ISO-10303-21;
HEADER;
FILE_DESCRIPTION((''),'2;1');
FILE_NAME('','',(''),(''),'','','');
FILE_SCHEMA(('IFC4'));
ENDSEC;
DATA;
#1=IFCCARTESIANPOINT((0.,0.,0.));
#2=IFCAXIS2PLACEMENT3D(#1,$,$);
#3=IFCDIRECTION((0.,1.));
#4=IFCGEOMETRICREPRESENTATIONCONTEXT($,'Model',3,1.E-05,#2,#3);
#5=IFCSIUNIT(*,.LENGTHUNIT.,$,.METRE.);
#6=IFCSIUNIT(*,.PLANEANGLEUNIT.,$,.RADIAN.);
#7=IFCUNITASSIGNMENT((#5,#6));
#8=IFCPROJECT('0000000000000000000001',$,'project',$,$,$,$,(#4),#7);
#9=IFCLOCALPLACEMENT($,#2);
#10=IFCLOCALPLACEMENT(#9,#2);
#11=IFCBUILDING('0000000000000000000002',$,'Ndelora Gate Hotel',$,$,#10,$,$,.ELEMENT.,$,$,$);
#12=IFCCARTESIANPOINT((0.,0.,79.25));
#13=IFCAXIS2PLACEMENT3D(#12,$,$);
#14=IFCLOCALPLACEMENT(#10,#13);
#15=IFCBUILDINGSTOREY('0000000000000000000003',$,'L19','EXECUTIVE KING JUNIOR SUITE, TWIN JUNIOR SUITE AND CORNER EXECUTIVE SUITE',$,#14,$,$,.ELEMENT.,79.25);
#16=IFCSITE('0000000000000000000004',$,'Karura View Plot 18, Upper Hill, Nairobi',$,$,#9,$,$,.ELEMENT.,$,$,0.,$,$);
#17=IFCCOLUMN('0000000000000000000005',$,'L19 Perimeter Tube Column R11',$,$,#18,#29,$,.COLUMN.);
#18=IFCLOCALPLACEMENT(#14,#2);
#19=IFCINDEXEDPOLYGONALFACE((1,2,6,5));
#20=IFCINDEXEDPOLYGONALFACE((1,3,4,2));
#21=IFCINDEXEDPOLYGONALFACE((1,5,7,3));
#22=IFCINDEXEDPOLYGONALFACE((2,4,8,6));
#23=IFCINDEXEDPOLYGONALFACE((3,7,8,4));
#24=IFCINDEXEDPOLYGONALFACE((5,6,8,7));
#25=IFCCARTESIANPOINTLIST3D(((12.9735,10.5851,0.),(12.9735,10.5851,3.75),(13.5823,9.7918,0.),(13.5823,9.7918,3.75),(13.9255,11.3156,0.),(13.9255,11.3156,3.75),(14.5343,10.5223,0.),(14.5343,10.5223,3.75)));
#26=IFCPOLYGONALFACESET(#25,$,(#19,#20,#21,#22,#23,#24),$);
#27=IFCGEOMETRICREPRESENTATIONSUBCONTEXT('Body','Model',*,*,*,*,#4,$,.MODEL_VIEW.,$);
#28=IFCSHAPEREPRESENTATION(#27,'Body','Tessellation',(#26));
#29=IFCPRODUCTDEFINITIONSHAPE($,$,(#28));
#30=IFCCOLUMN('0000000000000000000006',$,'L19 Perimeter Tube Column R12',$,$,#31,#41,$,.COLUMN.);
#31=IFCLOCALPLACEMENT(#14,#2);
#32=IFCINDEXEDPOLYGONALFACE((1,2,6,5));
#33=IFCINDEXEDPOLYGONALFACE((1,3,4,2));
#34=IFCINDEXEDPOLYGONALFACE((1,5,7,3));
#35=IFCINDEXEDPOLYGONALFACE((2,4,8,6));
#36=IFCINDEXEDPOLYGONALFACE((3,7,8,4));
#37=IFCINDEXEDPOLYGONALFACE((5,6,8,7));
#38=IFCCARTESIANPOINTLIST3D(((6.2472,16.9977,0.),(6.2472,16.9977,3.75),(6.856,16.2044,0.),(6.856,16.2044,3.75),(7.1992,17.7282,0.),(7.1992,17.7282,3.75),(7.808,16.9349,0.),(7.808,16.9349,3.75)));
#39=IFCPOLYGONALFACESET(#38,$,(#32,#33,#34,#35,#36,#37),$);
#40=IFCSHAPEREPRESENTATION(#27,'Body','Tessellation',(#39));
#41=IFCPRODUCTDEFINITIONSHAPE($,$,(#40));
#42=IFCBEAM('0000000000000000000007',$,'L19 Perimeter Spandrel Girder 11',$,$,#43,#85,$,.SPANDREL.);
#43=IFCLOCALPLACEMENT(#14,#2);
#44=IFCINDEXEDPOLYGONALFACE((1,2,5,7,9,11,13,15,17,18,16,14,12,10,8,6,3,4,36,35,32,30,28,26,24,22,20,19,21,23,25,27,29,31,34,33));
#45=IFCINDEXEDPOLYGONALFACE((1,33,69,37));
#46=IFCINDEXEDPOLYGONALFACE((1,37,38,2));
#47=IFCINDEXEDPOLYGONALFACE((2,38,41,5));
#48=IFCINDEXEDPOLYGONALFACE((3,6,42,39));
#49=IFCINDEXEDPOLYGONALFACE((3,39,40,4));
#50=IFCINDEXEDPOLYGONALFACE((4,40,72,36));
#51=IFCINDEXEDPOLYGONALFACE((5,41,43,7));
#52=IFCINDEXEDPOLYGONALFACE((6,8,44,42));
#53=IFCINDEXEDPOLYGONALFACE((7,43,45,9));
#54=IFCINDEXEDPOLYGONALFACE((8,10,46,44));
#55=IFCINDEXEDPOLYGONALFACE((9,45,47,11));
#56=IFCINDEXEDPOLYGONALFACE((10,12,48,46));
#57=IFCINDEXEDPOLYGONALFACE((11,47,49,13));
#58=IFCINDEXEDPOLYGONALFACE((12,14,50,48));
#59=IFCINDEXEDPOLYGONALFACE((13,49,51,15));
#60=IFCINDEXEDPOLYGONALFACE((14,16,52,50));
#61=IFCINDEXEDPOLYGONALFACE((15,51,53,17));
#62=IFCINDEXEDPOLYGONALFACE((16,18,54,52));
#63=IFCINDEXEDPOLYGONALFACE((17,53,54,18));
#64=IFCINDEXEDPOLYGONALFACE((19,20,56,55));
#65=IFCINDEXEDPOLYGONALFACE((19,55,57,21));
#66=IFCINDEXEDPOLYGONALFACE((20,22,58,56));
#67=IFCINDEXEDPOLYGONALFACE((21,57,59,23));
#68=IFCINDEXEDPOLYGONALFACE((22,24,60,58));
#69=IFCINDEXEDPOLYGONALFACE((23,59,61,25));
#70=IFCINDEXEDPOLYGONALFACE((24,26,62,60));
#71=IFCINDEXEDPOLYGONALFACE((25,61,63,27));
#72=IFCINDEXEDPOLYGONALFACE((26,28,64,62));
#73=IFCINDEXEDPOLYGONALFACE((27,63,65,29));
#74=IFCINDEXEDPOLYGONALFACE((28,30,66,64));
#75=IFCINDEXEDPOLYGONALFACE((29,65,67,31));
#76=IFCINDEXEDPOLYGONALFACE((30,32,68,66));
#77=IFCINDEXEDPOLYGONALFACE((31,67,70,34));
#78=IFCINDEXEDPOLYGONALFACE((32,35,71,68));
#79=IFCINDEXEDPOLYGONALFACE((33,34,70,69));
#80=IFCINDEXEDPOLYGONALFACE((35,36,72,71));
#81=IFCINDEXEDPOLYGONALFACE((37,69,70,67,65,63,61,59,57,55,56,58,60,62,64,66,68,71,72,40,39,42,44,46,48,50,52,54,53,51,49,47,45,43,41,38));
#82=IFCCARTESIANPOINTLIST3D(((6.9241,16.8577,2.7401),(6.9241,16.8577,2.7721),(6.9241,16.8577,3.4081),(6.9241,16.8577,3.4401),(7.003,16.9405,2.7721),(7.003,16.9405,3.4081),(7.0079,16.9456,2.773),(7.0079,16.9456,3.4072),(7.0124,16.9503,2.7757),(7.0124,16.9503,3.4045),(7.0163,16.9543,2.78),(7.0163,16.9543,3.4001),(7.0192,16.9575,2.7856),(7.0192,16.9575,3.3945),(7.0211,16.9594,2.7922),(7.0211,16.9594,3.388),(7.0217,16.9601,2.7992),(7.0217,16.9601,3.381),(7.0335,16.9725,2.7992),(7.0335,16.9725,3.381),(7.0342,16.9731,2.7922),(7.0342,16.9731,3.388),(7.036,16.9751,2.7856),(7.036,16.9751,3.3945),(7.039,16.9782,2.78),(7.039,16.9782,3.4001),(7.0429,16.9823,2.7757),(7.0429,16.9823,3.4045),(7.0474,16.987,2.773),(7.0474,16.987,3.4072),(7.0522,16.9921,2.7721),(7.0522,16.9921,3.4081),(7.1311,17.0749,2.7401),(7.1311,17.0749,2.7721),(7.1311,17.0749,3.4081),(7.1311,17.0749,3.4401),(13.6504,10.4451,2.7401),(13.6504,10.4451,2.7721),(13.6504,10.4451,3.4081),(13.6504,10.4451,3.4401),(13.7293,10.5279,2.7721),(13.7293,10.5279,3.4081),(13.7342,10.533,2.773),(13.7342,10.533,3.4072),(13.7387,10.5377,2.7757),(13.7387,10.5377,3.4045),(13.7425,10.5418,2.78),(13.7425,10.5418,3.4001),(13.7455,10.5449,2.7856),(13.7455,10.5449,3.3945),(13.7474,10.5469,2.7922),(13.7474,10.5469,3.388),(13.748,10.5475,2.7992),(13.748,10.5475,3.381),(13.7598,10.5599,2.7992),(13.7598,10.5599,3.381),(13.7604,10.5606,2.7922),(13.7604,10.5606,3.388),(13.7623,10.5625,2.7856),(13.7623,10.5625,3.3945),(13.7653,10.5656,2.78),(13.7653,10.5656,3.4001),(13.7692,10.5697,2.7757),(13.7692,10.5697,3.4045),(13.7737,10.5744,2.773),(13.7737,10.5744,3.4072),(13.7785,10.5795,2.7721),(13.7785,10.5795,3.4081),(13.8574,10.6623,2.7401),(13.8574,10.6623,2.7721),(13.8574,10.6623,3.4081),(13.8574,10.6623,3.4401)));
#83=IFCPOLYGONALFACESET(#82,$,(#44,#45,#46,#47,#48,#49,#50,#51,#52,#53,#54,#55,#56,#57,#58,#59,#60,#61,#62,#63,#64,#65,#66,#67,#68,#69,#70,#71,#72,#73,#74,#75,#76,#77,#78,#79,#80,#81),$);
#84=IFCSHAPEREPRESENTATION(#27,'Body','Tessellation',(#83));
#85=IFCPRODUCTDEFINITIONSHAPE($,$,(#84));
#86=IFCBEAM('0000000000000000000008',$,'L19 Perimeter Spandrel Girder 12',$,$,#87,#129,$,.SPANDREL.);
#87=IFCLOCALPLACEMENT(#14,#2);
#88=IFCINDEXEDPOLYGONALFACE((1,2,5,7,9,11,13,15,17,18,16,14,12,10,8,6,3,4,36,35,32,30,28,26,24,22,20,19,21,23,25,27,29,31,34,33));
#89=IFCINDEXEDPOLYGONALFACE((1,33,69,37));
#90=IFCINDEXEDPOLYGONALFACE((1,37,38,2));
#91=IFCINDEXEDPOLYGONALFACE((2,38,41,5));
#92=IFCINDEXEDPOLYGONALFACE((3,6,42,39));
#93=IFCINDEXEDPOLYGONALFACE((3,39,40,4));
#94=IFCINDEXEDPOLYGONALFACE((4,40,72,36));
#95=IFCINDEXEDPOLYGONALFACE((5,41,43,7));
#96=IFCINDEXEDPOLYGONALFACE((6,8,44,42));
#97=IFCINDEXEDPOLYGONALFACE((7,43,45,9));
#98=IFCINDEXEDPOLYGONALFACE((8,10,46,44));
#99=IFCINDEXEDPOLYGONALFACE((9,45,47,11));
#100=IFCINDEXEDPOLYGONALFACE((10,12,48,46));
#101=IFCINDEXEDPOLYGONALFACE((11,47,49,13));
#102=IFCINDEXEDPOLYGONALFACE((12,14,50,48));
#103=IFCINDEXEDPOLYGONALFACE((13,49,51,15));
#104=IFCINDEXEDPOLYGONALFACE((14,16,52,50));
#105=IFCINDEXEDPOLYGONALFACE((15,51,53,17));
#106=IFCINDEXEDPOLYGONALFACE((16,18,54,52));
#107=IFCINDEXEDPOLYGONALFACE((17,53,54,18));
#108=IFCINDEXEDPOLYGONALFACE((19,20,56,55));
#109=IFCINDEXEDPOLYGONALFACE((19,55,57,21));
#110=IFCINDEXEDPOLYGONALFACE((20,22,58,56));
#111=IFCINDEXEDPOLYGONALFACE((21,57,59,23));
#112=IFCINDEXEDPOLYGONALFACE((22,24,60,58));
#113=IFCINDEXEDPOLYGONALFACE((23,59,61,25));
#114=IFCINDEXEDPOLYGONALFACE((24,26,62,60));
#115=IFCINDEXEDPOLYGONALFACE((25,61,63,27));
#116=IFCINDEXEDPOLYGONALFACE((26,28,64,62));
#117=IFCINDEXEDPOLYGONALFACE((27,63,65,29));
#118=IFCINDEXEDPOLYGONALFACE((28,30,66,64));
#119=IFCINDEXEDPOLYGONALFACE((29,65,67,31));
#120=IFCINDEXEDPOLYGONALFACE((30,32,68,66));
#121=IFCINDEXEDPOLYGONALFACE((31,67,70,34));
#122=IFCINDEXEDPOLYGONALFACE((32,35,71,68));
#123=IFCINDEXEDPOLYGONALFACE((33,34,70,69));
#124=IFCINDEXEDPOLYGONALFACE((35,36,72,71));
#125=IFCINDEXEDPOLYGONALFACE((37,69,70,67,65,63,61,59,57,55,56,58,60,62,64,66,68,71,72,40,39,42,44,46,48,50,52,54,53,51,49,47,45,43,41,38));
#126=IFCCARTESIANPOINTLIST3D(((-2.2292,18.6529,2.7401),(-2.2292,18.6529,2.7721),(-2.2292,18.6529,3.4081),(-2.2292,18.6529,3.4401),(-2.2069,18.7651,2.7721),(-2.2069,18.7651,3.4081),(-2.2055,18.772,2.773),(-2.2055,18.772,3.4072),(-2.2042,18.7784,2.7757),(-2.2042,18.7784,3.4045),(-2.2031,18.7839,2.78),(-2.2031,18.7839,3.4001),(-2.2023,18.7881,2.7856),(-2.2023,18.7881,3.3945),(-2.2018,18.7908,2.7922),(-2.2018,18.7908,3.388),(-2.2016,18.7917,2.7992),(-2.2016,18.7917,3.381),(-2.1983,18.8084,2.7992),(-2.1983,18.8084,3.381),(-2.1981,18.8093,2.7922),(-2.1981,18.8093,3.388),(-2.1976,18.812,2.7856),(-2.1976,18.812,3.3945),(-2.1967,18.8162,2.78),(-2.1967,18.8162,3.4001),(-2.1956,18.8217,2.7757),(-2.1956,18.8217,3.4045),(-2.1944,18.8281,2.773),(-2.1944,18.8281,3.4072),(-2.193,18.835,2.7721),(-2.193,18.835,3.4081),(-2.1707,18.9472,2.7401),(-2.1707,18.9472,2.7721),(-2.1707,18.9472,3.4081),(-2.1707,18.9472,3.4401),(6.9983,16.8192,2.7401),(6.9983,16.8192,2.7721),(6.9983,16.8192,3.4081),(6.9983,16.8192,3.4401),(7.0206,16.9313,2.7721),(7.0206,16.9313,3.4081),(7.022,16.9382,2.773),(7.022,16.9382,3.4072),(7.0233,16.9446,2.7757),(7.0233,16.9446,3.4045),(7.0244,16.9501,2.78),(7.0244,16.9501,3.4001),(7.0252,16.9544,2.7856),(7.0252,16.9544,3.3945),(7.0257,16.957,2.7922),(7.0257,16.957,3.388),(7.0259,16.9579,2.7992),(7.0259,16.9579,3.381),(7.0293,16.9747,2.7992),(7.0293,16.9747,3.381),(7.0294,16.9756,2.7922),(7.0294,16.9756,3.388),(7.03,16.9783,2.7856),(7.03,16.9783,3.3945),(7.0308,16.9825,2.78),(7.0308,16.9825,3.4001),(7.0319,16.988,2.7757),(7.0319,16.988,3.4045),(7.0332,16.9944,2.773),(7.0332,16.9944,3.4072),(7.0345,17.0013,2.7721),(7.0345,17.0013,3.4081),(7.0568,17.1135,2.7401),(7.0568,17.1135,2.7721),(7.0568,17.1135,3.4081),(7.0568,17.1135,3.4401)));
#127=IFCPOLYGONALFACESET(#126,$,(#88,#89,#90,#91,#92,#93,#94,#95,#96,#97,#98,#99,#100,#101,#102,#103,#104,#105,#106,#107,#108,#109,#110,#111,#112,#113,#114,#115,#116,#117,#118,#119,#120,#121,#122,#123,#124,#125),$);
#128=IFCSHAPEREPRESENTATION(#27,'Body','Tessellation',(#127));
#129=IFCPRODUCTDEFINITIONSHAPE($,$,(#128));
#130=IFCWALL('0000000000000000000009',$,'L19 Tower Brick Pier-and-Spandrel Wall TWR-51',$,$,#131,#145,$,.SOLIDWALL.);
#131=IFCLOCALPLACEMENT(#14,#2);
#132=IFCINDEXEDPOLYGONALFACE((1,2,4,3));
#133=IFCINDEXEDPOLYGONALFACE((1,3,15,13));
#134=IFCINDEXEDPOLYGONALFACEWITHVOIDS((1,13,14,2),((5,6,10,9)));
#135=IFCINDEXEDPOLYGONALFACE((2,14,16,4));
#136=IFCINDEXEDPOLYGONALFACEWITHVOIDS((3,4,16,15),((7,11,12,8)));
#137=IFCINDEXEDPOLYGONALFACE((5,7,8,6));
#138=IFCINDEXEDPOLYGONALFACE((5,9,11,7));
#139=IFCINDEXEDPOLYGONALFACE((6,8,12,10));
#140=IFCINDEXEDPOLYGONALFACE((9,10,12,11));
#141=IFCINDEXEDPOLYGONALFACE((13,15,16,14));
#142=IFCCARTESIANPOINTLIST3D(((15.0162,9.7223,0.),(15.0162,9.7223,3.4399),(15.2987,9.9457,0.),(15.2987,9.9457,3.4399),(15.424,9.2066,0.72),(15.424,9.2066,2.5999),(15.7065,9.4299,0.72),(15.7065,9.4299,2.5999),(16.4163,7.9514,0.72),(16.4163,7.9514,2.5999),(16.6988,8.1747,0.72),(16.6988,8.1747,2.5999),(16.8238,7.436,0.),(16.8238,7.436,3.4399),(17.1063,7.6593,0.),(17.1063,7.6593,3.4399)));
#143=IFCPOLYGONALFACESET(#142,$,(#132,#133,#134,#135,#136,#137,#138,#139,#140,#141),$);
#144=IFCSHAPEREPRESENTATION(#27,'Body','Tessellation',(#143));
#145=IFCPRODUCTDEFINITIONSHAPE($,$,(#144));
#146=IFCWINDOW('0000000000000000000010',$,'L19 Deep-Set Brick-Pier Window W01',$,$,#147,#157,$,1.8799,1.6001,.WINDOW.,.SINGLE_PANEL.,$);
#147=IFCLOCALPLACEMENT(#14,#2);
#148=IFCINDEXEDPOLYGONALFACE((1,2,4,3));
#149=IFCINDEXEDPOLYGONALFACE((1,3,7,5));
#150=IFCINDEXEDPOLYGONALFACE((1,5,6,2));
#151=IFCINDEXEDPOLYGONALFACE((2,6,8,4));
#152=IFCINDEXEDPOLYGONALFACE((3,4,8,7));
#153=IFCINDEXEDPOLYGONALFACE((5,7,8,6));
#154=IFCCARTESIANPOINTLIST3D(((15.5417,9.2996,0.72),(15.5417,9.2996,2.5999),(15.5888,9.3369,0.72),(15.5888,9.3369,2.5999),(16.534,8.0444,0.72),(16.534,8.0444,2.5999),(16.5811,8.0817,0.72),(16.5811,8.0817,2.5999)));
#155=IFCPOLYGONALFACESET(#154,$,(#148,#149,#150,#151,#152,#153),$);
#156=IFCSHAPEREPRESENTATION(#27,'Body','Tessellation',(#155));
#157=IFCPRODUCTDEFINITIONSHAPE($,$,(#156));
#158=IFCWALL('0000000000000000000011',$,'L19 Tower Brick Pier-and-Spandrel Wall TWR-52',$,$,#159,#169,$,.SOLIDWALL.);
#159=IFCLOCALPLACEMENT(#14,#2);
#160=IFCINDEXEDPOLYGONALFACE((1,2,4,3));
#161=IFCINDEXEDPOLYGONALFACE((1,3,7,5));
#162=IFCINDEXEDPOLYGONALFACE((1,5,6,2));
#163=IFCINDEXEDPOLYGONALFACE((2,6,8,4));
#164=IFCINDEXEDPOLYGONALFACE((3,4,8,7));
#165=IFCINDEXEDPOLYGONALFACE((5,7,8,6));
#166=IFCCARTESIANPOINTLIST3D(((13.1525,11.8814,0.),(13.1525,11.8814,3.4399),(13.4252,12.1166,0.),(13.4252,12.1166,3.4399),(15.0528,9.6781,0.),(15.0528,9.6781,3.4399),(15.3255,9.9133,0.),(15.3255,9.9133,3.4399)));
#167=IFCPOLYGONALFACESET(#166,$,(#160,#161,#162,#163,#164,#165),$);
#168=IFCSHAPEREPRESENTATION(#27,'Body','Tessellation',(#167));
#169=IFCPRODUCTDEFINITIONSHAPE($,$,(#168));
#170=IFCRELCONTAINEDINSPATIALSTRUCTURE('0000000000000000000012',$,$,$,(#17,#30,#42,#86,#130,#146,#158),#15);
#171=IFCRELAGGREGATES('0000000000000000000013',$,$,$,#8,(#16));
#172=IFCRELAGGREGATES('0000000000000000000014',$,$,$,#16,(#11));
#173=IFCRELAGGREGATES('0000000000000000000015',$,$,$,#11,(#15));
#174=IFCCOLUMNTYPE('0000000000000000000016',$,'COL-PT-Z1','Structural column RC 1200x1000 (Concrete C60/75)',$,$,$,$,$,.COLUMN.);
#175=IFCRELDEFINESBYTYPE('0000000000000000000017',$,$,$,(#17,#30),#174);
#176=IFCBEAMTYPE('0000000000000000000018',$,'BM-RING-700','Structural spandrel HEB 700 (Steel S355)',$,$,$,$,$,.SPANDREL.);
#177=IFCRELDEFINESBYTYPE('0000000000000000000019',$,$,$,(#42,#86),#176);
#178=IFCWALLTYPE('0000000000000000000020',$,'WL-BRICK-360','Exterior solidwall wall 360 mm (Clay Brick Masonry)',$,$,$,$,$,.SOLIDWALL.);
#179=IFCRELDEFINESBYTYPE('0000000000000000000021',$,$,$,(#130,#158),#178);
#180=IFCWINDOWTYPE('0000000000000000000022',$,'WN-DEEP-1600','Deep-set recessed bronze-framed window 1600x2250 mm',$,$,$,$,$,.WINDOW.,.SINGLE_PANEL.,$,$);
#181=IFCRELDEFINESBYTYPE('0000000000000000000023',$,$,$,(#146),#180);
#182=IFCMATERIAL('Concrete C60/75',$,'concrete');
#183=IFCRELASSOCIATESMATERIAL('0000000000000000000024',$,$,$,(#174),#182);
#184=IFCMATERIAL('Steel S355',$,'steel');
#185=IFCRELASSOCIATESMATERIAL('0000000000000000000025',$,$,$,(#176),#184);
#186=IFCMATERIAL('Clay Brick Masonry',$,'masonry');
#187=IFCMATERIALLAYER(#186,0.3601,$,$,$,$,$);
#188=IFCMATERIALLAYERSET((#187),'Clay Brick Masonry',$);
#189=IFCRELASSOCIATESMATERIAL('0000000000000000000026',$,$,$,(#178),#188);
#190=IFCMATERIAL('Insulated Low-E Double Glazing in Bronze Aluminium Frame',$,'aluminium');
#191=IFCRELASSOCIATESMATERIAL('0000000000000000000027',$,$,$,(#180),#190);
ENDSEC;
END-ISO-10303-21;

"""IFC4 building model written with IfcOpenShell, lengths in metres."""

from ifc_helpers import new_model, si_unit, direction, frame, frame_2d, origin, origin_2d, place, context, subcontext, project, spatial, rectangle, i_section, extrude, material, layer, layer_set, material_profile, profile_set, type_object, element, fill, save


model = new_model("IFC4")

# Units and contexts
model_context = context("Model", 3, precision=1e-05, world=origin(), true_north=direction((0.0, 1.0)))
body_context = subcontext(model_context, "Body", "Model", "MODEL_VIEW")
ifc_project = project(units=[si_unit("LENGTHUNIT", "METRE"), si_unit("PLANEANGLEUNIT", "RADIAN")], contexts=[model_context])

# Site, building, storey
site_placement = place(None, origin())
site = spatial("IfcSite", under=ifc_project, at=site_placement, Name="Karura View Plot 18, Upper Hill, Nairobi", CompositionType="ELEMENT", RefElevation=0.0)
building_placement = place(site_placement, origin())
building = spatial("IfcBuilding", under=site, at=building_placement, Name="Ndelora Gate Hotel", CompositionType="ELEMENT")
storey_placement = place(building_placement, frame((0.0, 0.0, 79.25)))
storey = spatial("IfcBuildingStorey", under=building, at=storey_placement, Name="L19", Description="EXECUTIVE KING JUNIOR SUITE, TWIN JUNIOR SUITE AND CORNER EXECUTIVE SUITE", CompositionType="ELEMENT", Elevation=79.25)

# Columns
ifc_material_1 = material(Name="Concrete C60/75", Category="concrete")
ifc_material_profile_1 = material_profile(ifc_material_1, rectangle(XDim=1.0, YDim=1.2, at=origin_2d()), Name="RC 1200x1000")
ifc_profile_set_1 = profile_set([ifc_material_profile_1], Name="Concrete C60/75")
column_type = type_object("IfcColumnType", Name="COL-PT-Z1", Description="Structural column RC 1200x1000 (Concrete C60/75)", PredefinedType="COLUMN", material=ifc_profile_set_1)
for number, where, z_axis, x_axis, name in (
    (1, (13.7539, 10.5537, 0.0), (0.0, 0.0, 1.0), (-0.608761, 0.793353, 0.0), "L19 Perimeter Tube Column R11"),
    (2, (7.0276, 16.9663, 0.0), (0.0, 0.0, 1.0), (-0.608761, 0.793353, 0.0), "L19 Perimeter Tube Column R12"),
):
    element("IfcColumn", number, at=place(storey_placement, frame(where, z_axis=z_axis, x_axis=x_axis)), inside=storey, type_object=column_type, Name=name, PredefinedType="COLUMN", context=body_context, shape_type="SweptSolid", body=[
        extrude(rectangle(XDim=1.0, YDim=1.2, at=origin_2d()), origin(), (0.0, 0.0, 1.0), 3.75),
    ])

# Beams
ifc_material_2 = material(Name="Steel S355", Category="steel")
ifc_material_profile_2 = material_profile(ifc_material_2, i_section(OverallWidth=0.3, OverallDepth=0.7, WebThickness=0.0171, FlangeThickness=0.032, FilletRadius=0.0271, at=origin_2d()), Name="HEB 700")
ifc_profile_set_2 = profile_set([ifc_material_profile_2], Name="Steel S355")
beam_type = type_object("IfcBeamType", Name="BM-RING-700", Description="Structural spandrel HEB 700 (Steel S355)", PredefinedType="SPANDREL", material=ifc_profile_set_2)
beam_1_placement = place(storey_placement, frame((13.7539, 10.5537, 3.0901), z_axis=(-0.723784, 0.690026, 0.0), x_axis=(-0.690026, -0.723784, 0.0)))
element("IfcBeam", 3, at=beam_1_placement, inside=storey, type_object=beam_type, Name="L19 Perimeter Spandrel Girder 11", PredefinedType="SPANDREL", context=body_context, shape_type="SweptSolid", body=[
    extrude(i_section(OverallWidth=0.3, OverallDepth=0.7, WebThickness=0.0171, FlangeThickness=0.032, FilletRadius=0.0271, at=origin_2d()), origin(), (0.0, 0.0, 1.0), 9.2932),
])
beam_2_placement = place(storey_placement, frame((7.0276, 16.9663, 3.0901), z_axis=(-0.98082, 0.194913, 0.0), x_axis=(-0.194913, -0.98082, 0.0)))
element("IfcBeam", 4, at=beam_2_placement, inside=storey, type_object=beam_type, Name="L19 Perimeter Spandrel Girder 12", PredefinedType="SPANDREL", context=body_context, shape_type="SweptSolid", body=[
    extrude(i_section(OverallWidth=0.3, OverallDepth=0.7, WebThickness=0.0171, FlangeThickness=0.032, FilletRadius=0.0271, at=origin_2d()), origin(), (0.0, 0.0, 1.0), 9.408),
])

# Wall, opening, window
ifc_material_3 = material(Name="Clay Brick Masonry", Category="masonry")
ifc_layer_1 = layer(ifc_material_3, 0.3601)
ifc_layer_set_1 = layer_set([ifc_layer_1], Name="Clay Brick Masonry")
wall_type_1 = type_object("IfcWallType", Name="WL-BRICK-360", Description="Exterior solidwall wall 360 mm (Clay Brick Masonry)", PredefinedType="SOLIDWALL", material=ifc_layer_set_1)
wall_1_placement = place(storey_placement, frame((15.1575, 9.834, 0.0), z_axis=(0.0, 0.0, 1.0), x_axis=(0.62019, -0.784452, 0.0)))
wall_1 = element("IfcWall", 5, at=wall_1_placement, inside=storey, type_object=wall_type_1, Name="L19 Tower Brick Pier-and-Spandrel Wall TWR-51", PredefinedType="SOLIDWALL", context=body_context, shape_type="SweptSolid", body=[
    extrude(rectangle(XDim=2.9146, YDim=0.3601, at=frame_2d((1.4573, 0.0))), origin(), (0.0, 0.0, 1.0), 3.4399),
])
opening_1_placement = place(wall_1_placement, frame((0.6575, 0.0, 0.72)))
opening_1 = element("IfcOpeningElement", 6, at=opening_1_placement, cuts=wall_1, PredefinedType="OPENING", context=body_context, shape_type="SweptSolid", body=[
    extrude(rectangle(XDim=1.6001, YDim=1.8799, at=frame_2d((0.8, 0.9399))), frame((0.0, 0.1899, 0.0), z_axis=(0.0, -1.0, 0.0), x_axis=(1.0, 0.0, 0.0)), (0.0, 0.0, 1.0), 0.3801),
])
ifc_material_4 = material(Name="Insulated Low-E Double Glazing in Bronze Aluminium Frame", Category="aluminium")
window_type_1 = type_object("IfcWindowType", Name="WN-DEEP-1600", Description="Deep-set recessed bronze-framed window 1600x2250 mm", PartitioningType="SINGLE_PANEL", PredefinedType="WINDOW", material=ifc_material_4)
window_1_placement = place(opening_1_placement, origin())
window_1 = element("IfcWindow", 7, at=window_1_placement, inside=storey, type_object=window_type_1, Name="L19 Deep-Set Brick-Pier Window W01", OverallHeight=1.8799, OverallWidth=1.6001, PartitioningType="SINGLE_PANEL", PredefinedType="WINDOW", context=body_context, shape_type="SweptSolid", body=[
    extrude(rectangle(XDim=1.6001, YDim=1.8799, at=frame_2d((0.8, 0.9399))), frame((0.0, 0.03, 0.0), z_axis=(0.0, -1.0, 0.0), x_axis=(1.0, 0.0, 0.0)), (0.0, 0.0, 1.0), 0.0601),
])
fill(opening_1, window_1)

# Wall
wall_2_placement = place(storey_placement, frame((13.2888, 11.999, 0.0), z_axis=(0.0, 0.0, 1.0), x_axis=(0.653124, -0.757251, 0.0)))
element("IfcWall", 8, at=wall_2_placement, inside=storey, type_object=wall_type_1, Name="L19 Tower Brick Pier-and-Spandrel Wall TWR-52", PredefinedType="SOLIDWALL", context=body_context, shape_type="SweptSolid", body=[
    extrude(rectangle(XDim=2.9097, YDim=0.3601, at=frame_2d((1.4548, 0.0))), origin(), (0.0, 0.0, 1.0), 3.4399),
])

save(model, "model.ifc")
